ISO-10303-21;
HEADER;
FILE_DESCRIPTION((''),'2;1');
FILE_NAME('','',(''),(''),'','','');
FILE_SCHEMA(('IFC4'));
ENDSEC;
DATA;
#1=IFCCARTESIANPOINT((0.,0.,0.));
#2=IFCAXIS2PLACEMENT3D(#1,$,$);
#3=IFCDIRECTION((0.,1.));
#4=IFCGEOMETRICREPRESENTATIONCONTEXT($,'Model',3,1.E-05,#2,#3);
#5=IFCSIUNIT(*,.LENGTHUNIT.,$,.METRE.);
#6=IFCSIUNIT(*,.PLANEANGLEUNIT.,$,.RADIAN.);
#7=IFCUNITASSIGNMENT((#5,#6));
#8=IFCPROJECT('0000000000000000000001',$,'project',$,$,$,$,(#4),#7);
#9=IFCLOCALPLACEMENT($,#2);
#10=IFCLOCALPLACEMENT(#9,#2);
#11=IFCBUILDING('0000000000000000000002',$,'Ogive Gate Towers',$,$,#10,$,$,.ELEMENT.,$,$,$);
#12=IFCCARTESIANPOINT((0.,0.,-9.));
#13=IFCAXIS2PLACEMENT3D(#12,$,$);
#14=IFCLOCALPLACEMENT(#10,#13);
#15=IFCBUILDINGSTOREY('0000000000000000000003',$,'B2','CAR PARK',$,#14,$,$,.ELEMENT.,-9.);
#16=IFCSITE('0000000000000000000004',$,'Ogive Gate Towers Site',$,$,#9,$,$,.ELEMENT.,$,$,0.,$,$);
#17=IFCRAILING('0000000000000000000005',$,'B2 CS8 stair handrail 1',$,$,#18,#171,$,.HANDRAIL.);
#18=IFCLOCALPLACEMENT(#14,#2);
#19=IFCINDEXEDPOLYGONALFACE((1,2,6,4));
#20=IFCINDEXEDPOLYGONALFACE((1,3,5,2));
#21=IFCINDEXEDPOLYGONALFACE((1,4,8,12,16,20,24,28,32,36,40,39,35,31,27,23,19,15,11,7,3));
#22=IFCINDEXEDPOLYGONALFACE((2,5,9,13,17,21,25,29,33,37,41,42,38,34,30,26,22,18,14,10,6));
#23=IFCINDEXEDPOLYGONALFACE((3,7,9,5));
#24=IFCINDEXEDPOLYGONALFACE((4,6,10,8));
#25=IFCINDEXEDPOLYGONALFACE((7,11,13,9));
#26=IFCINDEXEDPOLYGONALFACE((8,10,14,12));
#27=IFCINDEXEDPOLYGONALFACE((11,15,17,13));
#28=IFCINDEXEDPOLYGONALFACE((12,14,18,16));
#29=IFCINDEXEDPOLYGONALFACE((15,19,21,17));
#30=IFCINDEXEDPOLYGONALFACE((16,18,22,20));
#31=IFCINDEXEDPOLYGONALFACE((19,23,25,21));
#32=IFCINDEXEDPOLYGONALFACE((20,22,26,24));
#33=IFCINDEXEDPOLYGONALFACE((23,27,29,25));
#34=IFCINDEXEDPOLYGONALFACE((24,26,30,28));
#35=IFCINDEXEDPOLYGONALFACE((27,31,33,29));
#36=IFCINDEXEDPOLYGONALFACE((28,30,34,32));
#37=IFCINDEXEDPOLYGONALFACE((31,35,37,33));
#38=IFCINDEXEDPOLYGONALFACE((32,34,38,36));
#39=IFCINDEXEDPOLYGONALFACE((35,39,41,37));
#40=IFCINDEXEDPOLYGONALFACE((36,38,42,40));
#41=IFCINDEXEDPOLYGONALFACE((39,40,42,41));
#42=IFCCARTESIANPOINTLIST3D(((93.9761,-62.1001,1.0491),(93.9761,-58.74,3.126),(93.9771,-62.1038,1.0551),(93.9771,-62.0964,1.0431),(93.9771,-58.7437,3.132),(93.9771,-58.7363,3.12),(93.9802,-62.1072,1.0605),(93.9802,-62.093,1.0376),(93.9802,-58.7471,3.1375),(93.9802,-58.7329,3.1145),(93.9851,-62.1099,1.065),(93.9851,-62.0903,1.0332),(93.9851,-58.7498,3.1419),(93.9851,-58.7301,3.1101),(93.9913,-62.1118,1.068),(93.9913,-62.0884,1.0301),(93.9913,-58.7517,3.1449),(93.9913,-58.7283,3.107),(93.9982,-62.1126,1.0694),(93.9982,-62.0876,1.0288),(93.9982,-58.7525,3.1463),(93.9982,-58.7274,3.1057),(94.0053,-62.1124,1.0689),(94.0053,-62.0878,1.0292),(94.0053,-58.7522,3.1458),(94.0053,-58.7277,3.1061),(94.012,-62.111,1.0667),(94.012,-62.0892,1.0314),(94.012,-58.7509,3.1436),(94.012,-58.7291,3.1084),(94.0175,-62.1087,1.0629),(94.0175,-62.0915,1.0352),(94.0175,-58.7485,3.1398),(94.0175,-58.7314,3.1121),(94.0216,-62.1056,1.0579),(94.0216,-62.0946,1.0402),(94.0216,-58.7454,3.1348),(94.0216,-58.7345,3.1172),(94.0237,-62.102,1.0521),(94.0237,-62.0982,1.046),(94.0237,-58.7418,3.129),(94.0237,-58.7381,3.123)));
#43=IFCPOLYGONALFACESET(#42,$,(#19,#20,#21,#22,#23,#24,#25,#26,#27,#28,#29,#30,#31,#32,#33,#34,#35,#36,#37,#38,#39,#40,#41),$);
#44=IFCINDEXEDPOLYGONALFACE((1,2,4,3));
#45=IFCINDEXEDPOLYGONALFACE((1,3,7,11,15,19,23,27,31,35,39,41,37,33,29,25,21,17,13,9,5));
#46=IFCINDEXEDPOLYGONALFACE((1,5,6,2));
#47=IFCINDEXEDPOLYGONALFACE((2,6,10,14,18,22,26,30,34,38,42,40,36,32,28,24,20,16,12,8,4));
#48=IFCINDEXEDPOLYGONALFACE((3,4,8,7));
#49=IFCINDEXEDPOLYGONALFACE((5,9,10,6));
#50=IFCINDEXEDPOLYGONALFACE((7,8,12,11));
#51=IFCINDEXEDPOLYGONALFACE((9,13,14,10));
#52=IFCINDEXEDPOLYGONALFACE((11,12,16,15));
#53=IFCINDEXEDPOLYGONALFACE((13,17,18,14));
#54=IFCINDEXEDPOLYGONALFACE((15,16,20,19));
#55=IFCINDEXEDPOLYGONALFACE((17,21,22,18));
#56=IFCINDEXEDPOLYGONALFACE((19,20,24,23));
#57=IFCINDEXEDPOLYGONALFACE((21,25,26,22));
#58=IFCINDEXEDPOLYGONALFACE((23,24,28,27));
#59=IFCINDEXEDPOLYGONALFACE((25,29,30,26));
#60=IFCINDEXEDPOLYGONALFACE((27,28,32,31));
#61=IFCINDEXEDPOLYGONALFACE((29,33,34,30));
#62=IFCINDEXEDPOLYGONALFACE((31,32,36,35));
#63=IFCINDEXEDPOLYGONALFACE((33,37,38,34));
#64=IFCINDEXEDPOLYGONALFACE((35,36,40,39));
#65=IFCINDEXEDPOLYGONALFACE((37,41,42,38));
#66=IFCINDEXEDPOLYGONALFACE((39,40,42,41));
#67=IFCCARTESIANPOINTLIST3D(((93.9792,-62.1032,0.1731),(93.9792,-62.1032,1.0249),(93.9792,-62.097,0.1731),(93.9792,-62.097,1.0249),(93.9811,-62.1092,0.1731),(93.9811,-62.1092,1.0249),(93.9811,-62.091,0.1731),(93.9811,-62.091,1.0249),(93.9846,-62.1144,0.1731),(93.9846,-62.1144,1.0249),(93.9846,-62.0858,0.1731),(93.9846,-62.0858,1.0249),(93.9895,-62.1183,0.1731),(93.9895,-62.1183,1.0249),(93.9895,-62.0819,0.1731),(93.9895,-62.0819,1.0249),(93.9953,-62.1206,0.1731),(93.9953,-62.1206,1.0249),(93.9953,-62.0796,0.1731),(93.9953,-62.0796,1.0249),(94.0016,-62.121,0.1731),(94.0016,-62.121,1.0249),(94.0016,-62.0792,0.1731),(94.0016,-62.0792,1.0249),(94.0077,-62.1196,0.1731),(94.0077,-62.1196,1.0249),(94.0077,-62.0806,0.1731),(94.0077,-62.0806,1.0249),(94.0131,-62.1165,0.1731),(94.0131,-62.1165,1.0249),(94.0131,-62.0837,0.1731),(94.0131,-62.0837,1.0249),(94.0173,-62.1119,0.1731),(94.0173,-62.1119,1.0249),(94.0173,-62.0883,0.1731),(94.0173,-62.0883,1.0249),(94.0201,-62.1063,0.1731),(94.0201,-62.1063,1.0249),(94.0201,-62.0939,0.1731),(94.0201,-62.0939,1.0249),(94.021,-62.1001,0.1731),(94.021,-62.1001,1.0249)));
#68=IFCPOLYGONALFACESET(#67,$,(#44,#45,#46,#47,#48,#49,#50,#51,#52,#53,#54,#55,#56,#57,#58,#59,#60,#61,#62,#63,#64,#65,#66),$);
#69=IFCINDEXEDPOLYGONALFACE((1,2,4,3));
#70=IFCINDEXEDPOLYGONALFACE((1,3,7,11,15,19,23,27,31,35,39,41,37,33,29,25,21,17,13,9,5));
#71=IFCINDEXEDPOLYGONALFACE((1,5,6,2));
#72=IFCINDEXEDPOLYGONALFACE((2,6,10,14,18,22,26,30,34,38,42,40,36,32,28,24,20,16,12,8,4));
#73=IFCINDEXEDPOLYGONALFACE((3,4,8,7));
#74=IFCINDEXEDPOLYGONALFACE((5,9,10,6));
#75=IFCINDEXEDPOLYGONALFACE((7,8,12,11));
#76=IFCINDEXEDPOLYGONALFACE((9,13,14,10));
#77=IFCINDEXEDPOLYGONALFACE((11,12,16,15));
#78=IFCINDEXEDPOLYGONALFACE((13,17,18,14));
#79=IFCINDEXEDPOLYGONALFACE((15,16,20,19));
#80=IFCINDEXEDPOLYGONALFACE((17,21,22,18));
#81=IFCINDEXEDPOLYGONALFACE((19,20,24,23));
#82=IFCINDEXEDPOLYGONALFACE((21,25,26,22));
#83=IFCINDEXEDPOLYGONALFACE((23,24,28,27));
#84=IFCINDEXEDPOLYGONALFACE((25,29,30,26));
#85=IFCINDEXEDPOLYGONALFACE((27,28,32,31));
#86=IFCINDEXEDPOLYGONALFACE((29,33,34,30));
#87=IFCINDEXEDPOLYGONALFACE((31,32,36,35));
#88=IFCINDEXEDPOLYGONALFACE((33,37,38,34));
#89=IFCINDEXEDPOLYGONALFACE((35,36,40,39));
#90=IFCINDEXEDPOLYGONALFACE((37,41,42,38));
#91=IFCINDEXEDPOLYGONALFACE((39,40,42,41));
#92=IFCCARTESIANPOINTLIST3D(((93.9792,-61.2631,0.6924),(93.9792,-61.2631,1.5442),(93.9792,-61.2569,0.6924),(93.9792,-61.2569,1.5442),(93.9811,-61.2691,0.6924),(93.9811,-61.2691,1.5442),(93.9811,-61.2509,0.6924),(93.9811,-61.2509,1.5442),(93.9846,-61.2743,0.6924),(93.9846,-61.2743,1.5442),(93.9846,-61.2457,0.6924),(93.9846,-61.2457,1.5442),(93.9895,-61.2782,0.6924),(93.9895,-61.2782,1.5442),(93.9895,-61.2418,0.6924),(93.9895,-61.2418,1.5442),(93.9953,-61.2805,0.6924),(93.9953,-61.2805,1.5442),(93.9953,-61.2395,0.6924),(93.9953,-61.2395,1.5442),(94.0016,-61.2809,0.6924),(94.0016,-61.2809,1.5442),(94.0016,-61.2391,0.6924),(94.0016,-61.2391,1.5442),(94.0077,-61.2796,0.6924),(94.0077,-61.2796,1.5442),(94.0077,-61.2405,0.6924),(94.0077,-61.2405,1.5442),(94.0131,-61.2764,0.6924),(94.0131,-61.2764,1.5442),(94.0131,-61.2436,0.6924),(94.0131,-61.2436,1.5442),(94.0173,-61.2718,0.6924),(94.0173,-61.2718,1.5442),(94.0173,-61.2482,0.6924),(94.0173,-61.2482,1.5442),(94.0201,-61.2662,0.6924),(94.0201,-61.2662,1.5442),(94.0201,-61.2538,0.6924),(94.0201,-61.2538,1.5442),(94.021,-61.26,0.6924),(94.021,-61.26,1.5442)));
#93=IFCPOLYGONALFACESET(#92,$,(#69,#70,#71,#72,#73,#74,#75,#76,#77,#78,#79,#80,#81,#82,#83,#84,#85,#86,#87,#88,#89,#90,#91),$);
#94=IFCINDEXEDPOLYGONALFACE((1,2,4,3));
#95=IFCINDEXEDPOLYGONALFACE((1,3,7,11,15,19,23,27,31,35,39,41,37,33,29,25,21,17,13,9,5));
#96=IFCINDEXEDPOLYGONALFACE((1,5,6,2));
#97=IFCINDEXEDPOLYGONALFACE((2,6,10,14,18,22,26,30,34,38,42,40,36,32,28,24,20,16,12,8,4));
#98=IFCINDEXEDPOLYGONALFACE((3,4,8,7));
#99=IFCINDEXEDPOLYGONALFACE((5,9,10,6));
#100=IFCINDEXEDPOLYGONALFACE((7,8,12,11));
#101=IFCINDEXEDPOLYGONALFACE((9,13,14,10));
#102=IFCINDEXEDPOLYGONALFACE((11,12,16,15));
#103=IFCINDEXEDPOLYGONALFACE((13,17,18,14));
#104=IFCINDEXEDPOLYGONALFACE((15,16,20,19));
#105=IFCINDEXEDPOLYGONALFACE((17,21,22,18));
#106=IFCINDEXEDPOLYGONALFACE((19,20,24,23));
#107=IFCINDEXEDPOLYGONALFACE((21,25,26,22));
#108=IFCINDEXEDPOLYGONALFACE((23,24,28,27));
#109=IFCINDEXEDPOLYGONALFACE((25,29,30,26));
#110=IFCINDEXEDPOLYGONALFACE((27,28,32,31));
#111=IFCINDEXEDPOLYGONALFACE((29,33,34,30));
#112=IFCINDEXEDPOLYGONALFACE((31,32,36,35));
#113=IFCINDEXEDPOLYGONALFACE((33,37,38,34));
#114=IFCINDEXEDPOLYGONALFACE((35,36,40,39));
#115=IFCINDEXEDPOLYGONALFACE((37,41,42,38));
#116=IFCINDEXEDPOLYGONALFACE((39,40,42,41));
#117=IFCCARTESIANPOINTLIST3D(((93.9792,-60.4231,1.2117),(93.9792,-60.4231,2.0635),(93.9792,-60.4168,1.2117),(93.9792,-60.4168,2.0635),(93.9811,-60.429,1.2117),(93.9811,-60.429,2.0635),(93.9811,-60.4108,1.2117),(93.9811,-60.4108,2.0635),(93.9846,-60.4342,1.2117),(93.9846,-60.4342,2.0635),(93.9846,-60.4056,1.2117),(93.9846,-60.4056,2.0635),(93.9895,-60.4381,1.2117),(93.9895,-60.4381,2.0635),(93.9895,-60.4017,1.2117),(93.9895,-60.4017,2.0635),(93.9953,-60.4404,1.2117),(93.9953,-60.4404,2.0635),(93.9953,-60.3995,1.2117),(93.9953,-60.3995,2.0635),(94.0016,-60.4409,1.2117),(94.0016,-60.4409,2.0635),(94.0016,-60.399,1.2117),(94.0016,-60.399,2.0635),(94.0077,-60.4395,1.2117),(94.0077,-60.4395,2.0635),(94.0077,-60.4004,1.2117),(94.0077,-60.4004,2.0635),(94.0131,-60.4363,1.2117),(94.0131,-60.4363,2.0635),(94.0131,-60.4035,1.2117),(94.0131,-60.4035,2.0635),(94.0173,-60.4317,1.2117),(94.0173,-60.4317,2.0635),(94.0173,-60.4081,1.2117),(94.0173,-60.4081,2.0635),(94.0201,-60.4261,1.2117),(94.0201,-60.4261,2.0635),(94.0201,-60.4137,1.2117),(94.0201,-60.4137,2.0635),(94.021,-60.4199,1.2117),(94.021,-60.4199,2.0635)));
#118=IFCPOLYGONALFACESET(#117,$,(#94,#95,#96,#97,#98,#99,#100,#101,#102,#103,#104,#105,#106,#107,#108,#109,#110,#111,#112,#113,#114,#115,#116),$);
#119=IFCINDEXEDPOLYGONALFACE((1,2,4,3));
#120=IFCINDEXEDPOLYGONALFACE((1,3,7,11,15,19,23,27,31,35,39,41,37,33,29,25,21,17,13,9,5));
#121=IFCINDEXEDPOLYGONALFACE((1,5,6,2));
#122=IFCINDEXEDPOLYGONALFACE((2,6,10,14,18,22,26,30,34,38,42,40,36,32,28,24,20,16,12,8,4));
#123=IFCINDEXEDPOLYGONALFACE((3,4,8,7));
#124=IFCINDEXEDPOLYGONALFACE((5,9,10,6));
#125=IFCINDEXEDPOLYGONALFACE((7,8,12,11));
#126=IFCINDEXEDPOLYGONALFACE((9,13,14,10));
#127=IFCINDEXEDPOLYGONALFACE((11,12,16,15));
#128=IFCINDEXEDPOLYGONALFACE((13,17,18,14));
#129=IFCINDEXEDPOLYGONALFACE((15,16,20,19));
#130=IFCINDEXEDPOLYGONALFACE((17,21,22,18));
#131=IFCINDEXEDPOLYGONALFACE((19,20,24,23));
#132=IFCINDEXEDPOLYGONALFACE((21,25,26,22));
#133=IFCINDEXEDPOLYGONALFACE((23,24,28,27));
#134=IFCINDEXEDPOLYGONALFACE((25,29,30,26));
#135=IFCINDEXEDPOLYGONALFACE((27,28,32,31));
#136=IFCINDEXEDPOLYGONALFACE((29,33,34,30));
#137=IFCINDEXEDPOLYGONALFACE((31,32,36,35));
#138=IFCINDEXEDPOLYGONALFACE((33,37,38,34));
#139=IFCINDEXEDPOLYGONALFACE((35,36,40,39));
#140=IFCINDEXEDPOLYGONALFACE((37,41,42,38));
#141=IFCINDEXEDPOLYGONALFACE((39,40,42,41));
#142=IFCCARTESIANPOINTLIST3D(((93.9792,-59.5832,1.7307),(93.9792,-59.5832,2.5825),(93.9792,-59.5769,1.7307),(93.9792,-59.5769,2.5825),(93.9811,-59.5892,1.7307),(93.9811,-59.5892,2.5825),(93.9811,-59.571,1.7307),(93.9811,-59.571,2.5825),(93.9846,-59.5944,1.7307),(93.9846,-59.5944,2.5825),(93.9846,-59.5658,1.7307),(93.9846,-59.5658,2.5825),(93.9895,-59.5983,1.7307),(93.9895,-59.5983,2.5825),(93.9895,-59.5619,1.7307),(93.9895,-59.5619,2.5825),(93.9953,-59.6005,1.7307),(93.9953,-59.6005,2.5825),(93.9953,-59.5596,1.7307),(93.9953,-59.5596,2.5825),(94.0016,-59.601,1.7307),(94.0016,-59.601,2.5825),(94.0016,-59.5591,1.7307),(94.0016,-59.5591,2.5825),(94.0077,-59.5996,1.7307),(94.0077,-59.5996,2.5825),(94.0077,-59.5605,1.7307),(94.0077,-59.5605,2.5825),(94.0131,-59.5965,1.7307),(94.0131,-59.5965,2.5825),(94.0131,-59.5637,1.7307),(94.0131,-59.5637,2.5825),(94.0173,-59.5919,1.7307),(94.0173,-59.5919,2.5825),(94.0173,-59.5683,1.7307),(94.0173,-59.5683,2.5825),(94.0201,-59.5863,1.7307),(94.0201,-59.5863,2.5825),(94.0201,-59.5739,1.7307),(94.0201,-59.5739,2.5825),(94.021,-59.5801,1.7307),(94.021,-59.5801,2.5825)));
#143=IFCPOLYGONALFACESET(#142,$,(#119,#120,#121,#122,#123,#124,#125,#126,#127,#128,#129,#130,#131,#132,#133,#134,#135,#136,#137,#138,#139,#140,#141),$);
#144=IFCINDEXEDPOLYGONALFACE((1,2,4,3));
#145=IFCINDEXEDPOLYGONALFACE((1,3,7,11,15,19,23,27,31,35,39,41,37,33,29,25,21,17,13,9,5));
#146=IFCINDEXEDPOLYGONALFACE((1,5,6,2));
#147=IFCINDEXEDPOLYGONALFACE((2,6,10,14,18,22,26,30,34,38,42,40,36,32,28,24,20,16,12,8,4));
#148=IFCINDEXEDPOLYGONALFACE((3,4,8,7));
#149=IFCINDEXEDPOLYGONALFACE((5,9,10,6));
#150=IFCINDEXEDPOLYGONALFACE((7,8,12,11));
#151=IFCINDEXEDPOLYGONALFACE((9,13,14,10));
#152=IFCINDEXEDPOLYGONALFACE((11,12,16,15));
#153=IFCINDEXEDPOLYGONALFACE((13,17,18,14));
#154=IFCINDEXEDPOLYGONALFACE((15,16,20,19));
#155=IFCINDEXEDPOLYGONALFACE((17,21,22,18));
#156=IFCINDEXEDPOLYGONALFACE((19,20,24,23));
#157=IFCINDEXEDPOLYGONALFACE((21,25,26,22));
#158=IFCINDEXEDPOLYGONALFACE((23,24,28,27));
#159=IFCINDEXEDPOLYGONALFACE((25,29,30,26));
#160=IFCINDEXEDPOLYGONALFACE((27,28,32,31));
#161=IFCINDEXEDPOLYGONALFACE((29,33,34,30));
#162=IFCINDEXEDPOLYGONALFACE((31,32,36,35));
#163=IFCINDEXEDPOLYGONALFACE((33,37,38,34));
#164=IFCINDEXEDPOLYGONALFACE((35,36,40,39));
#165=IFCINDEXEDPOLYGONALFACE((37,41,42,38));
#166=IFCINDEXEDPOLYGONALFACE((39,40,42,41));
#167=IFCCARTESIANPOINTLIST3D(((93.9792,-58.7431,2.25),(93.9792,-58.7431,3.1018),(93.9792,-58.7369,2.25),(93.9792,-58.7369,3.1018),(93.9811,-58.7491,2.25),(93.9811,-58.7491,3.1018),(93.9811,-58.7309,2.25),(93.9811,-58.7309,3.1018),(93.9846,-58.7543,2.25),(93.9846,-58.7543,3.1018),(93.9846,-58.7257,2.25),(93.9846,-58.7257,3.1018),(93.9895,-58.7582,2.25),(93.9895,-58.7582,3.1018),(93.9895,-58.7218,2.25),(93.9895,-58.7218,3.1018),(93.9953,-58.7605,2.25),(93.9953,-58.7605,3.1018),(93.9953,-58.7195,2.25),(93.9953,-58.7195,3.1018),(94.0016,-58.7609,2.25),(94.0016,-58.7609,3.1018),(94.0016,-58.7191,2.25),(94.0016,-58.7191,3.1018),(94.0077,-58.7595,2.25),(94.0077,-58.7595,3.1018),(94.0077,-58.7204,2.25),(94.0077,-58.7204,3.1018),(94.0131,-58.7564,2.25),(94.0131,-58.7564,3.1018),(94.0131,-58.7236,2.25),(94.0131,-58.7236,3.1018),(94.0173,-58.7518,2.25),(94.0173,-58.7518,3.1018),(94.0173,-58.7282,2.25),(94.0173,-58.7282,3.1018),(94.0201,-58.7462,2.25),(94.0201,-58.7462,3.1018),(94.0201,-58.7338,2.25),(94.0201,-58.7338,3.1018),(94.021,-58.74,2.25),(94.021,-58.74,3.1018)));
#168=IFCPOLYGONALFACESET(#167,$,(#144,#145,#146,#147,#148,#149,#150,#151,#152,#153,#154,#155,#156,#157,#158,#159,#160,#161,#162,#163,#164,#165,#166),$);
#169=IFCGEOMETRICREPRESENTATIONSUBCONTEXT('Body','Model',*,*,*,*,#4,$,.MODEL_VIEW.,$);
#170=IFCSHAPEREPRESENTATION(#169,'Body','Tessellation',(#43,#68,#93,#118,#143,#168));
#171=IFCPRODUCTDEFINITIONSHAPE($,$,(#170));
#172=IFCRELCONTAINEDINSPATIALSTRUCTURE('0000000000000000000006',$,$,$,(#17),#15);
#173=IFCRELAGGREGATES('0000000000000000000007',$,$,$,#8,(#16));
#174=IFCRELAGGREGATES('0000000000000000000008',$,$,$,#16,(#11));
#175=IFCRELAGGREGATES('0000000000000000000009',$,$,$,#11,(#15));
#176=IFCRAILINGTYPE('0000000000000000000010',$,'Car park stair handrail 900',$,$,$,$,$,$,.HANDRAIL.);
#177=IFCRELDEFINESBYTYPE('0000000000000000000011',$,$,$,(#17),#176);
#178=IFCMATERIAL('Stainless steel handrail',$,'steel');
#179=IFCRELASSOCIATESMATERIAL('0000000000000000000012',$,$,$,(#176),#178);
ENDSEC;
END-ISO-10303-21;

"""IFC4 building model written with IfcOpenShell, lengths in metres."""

from ifc_helpers import new_model, si_unit, direction, frame, origin, origin_2d, place, context, subcontext, project, spatial, circle, extrude, material, type_object, element, save


model = new_model("IFC4")

# Units and contexts
model_context = context("Model", 3, precision=1e-05, world=origin(), true_north=direction((0.0, 1.0)))
body_context = subcontext(model_context, "Body", "Model", "MODEL_VIEW")
ifc_project = project(units=[si_unit("LENGTHUNIT", "METRE"), si_unit("PLANEANGLEUNIT", "RADIAN")], contexts=[model_context])

# Site, building, storey
site_placement = place(None, origin())
site = spatial("IfcSite", under=ifc_project, at=site_placement, Name="Ogive Gate Towers Site", CompositionType="ELEMENT", RefElevation=0.0)
building_placement = place(site_placement, origin())
building = spatial("IfcBuilding", under=site, at=building_placement, Name="Ogive Gate Towers", CompositionType="ELEMENT")
storey_placement = place(building_placement, frame((0.0, 0.0, -9.0)))
storey = spatial("IfcBuildingStorey", under=building, at=storey_placement, Name="B2", Description="CAR PARK", CompositionType="ELEMENT", Elevation=-9.0)

# Railing
ifc_material_1 = material(Name="Stainless steel handrail", Category="steel")
railing_type_1 = type_object("IfcRailingType", Name="Car park stair handrail 900", PredefinedType="HANDRAIL", material=ifc_material_1)
railing_1_placement = place(storey_placement, frame((94.0, -62.1001, 0.1731)))
element("IfcRailing", 1, at=railing_1_placement, inside=storey, type_object=railing_type_1, Name="B2 CS8 stair handrail 1", PredefinedType="HANDRAIL", context=body_context, shape_type="SweptSolid", body=[
    extrude(circle(Radius=0.0239, at=origin_2d()), frame((0.0, 0.0, 0.876), z_axis=(0.0, 0.850623, 0.525776), x_axis=(-1.0, 0.0, 0.0)), (0.0, 0.0, 1.0), 3.9502),
    extrude(circle(Radius=0.021, at=origin_2d()), origin(), (0.0, 0.0, 1.0), 0.8518),
    extrude(circle(Radius=0.021, at=origin_2d()), frame((0.0, 0.8401, 0.5193)), (0.0, 0.0, 1.0), 0.8518),
    extrude(circle(Radius=0.021, at=origin_2d()), frame((0.0, 1.6802, 1.0386)), (0.0, 0.0, 1.0), 0.8518),
    extrude(circle(Radius=0.021, at=origin_2d()), frame((0.0, 2.52, 1.5576)), (0.0, 0.0, 1.0), 0.8518),
    extrude(circle(Radius=0.021, at=origin_2d()), frame((0.0, 3.3601, 2.0769)), (0.0, 0.0, 1.0), 0.8518),
])

save(model, "model.ifc")
